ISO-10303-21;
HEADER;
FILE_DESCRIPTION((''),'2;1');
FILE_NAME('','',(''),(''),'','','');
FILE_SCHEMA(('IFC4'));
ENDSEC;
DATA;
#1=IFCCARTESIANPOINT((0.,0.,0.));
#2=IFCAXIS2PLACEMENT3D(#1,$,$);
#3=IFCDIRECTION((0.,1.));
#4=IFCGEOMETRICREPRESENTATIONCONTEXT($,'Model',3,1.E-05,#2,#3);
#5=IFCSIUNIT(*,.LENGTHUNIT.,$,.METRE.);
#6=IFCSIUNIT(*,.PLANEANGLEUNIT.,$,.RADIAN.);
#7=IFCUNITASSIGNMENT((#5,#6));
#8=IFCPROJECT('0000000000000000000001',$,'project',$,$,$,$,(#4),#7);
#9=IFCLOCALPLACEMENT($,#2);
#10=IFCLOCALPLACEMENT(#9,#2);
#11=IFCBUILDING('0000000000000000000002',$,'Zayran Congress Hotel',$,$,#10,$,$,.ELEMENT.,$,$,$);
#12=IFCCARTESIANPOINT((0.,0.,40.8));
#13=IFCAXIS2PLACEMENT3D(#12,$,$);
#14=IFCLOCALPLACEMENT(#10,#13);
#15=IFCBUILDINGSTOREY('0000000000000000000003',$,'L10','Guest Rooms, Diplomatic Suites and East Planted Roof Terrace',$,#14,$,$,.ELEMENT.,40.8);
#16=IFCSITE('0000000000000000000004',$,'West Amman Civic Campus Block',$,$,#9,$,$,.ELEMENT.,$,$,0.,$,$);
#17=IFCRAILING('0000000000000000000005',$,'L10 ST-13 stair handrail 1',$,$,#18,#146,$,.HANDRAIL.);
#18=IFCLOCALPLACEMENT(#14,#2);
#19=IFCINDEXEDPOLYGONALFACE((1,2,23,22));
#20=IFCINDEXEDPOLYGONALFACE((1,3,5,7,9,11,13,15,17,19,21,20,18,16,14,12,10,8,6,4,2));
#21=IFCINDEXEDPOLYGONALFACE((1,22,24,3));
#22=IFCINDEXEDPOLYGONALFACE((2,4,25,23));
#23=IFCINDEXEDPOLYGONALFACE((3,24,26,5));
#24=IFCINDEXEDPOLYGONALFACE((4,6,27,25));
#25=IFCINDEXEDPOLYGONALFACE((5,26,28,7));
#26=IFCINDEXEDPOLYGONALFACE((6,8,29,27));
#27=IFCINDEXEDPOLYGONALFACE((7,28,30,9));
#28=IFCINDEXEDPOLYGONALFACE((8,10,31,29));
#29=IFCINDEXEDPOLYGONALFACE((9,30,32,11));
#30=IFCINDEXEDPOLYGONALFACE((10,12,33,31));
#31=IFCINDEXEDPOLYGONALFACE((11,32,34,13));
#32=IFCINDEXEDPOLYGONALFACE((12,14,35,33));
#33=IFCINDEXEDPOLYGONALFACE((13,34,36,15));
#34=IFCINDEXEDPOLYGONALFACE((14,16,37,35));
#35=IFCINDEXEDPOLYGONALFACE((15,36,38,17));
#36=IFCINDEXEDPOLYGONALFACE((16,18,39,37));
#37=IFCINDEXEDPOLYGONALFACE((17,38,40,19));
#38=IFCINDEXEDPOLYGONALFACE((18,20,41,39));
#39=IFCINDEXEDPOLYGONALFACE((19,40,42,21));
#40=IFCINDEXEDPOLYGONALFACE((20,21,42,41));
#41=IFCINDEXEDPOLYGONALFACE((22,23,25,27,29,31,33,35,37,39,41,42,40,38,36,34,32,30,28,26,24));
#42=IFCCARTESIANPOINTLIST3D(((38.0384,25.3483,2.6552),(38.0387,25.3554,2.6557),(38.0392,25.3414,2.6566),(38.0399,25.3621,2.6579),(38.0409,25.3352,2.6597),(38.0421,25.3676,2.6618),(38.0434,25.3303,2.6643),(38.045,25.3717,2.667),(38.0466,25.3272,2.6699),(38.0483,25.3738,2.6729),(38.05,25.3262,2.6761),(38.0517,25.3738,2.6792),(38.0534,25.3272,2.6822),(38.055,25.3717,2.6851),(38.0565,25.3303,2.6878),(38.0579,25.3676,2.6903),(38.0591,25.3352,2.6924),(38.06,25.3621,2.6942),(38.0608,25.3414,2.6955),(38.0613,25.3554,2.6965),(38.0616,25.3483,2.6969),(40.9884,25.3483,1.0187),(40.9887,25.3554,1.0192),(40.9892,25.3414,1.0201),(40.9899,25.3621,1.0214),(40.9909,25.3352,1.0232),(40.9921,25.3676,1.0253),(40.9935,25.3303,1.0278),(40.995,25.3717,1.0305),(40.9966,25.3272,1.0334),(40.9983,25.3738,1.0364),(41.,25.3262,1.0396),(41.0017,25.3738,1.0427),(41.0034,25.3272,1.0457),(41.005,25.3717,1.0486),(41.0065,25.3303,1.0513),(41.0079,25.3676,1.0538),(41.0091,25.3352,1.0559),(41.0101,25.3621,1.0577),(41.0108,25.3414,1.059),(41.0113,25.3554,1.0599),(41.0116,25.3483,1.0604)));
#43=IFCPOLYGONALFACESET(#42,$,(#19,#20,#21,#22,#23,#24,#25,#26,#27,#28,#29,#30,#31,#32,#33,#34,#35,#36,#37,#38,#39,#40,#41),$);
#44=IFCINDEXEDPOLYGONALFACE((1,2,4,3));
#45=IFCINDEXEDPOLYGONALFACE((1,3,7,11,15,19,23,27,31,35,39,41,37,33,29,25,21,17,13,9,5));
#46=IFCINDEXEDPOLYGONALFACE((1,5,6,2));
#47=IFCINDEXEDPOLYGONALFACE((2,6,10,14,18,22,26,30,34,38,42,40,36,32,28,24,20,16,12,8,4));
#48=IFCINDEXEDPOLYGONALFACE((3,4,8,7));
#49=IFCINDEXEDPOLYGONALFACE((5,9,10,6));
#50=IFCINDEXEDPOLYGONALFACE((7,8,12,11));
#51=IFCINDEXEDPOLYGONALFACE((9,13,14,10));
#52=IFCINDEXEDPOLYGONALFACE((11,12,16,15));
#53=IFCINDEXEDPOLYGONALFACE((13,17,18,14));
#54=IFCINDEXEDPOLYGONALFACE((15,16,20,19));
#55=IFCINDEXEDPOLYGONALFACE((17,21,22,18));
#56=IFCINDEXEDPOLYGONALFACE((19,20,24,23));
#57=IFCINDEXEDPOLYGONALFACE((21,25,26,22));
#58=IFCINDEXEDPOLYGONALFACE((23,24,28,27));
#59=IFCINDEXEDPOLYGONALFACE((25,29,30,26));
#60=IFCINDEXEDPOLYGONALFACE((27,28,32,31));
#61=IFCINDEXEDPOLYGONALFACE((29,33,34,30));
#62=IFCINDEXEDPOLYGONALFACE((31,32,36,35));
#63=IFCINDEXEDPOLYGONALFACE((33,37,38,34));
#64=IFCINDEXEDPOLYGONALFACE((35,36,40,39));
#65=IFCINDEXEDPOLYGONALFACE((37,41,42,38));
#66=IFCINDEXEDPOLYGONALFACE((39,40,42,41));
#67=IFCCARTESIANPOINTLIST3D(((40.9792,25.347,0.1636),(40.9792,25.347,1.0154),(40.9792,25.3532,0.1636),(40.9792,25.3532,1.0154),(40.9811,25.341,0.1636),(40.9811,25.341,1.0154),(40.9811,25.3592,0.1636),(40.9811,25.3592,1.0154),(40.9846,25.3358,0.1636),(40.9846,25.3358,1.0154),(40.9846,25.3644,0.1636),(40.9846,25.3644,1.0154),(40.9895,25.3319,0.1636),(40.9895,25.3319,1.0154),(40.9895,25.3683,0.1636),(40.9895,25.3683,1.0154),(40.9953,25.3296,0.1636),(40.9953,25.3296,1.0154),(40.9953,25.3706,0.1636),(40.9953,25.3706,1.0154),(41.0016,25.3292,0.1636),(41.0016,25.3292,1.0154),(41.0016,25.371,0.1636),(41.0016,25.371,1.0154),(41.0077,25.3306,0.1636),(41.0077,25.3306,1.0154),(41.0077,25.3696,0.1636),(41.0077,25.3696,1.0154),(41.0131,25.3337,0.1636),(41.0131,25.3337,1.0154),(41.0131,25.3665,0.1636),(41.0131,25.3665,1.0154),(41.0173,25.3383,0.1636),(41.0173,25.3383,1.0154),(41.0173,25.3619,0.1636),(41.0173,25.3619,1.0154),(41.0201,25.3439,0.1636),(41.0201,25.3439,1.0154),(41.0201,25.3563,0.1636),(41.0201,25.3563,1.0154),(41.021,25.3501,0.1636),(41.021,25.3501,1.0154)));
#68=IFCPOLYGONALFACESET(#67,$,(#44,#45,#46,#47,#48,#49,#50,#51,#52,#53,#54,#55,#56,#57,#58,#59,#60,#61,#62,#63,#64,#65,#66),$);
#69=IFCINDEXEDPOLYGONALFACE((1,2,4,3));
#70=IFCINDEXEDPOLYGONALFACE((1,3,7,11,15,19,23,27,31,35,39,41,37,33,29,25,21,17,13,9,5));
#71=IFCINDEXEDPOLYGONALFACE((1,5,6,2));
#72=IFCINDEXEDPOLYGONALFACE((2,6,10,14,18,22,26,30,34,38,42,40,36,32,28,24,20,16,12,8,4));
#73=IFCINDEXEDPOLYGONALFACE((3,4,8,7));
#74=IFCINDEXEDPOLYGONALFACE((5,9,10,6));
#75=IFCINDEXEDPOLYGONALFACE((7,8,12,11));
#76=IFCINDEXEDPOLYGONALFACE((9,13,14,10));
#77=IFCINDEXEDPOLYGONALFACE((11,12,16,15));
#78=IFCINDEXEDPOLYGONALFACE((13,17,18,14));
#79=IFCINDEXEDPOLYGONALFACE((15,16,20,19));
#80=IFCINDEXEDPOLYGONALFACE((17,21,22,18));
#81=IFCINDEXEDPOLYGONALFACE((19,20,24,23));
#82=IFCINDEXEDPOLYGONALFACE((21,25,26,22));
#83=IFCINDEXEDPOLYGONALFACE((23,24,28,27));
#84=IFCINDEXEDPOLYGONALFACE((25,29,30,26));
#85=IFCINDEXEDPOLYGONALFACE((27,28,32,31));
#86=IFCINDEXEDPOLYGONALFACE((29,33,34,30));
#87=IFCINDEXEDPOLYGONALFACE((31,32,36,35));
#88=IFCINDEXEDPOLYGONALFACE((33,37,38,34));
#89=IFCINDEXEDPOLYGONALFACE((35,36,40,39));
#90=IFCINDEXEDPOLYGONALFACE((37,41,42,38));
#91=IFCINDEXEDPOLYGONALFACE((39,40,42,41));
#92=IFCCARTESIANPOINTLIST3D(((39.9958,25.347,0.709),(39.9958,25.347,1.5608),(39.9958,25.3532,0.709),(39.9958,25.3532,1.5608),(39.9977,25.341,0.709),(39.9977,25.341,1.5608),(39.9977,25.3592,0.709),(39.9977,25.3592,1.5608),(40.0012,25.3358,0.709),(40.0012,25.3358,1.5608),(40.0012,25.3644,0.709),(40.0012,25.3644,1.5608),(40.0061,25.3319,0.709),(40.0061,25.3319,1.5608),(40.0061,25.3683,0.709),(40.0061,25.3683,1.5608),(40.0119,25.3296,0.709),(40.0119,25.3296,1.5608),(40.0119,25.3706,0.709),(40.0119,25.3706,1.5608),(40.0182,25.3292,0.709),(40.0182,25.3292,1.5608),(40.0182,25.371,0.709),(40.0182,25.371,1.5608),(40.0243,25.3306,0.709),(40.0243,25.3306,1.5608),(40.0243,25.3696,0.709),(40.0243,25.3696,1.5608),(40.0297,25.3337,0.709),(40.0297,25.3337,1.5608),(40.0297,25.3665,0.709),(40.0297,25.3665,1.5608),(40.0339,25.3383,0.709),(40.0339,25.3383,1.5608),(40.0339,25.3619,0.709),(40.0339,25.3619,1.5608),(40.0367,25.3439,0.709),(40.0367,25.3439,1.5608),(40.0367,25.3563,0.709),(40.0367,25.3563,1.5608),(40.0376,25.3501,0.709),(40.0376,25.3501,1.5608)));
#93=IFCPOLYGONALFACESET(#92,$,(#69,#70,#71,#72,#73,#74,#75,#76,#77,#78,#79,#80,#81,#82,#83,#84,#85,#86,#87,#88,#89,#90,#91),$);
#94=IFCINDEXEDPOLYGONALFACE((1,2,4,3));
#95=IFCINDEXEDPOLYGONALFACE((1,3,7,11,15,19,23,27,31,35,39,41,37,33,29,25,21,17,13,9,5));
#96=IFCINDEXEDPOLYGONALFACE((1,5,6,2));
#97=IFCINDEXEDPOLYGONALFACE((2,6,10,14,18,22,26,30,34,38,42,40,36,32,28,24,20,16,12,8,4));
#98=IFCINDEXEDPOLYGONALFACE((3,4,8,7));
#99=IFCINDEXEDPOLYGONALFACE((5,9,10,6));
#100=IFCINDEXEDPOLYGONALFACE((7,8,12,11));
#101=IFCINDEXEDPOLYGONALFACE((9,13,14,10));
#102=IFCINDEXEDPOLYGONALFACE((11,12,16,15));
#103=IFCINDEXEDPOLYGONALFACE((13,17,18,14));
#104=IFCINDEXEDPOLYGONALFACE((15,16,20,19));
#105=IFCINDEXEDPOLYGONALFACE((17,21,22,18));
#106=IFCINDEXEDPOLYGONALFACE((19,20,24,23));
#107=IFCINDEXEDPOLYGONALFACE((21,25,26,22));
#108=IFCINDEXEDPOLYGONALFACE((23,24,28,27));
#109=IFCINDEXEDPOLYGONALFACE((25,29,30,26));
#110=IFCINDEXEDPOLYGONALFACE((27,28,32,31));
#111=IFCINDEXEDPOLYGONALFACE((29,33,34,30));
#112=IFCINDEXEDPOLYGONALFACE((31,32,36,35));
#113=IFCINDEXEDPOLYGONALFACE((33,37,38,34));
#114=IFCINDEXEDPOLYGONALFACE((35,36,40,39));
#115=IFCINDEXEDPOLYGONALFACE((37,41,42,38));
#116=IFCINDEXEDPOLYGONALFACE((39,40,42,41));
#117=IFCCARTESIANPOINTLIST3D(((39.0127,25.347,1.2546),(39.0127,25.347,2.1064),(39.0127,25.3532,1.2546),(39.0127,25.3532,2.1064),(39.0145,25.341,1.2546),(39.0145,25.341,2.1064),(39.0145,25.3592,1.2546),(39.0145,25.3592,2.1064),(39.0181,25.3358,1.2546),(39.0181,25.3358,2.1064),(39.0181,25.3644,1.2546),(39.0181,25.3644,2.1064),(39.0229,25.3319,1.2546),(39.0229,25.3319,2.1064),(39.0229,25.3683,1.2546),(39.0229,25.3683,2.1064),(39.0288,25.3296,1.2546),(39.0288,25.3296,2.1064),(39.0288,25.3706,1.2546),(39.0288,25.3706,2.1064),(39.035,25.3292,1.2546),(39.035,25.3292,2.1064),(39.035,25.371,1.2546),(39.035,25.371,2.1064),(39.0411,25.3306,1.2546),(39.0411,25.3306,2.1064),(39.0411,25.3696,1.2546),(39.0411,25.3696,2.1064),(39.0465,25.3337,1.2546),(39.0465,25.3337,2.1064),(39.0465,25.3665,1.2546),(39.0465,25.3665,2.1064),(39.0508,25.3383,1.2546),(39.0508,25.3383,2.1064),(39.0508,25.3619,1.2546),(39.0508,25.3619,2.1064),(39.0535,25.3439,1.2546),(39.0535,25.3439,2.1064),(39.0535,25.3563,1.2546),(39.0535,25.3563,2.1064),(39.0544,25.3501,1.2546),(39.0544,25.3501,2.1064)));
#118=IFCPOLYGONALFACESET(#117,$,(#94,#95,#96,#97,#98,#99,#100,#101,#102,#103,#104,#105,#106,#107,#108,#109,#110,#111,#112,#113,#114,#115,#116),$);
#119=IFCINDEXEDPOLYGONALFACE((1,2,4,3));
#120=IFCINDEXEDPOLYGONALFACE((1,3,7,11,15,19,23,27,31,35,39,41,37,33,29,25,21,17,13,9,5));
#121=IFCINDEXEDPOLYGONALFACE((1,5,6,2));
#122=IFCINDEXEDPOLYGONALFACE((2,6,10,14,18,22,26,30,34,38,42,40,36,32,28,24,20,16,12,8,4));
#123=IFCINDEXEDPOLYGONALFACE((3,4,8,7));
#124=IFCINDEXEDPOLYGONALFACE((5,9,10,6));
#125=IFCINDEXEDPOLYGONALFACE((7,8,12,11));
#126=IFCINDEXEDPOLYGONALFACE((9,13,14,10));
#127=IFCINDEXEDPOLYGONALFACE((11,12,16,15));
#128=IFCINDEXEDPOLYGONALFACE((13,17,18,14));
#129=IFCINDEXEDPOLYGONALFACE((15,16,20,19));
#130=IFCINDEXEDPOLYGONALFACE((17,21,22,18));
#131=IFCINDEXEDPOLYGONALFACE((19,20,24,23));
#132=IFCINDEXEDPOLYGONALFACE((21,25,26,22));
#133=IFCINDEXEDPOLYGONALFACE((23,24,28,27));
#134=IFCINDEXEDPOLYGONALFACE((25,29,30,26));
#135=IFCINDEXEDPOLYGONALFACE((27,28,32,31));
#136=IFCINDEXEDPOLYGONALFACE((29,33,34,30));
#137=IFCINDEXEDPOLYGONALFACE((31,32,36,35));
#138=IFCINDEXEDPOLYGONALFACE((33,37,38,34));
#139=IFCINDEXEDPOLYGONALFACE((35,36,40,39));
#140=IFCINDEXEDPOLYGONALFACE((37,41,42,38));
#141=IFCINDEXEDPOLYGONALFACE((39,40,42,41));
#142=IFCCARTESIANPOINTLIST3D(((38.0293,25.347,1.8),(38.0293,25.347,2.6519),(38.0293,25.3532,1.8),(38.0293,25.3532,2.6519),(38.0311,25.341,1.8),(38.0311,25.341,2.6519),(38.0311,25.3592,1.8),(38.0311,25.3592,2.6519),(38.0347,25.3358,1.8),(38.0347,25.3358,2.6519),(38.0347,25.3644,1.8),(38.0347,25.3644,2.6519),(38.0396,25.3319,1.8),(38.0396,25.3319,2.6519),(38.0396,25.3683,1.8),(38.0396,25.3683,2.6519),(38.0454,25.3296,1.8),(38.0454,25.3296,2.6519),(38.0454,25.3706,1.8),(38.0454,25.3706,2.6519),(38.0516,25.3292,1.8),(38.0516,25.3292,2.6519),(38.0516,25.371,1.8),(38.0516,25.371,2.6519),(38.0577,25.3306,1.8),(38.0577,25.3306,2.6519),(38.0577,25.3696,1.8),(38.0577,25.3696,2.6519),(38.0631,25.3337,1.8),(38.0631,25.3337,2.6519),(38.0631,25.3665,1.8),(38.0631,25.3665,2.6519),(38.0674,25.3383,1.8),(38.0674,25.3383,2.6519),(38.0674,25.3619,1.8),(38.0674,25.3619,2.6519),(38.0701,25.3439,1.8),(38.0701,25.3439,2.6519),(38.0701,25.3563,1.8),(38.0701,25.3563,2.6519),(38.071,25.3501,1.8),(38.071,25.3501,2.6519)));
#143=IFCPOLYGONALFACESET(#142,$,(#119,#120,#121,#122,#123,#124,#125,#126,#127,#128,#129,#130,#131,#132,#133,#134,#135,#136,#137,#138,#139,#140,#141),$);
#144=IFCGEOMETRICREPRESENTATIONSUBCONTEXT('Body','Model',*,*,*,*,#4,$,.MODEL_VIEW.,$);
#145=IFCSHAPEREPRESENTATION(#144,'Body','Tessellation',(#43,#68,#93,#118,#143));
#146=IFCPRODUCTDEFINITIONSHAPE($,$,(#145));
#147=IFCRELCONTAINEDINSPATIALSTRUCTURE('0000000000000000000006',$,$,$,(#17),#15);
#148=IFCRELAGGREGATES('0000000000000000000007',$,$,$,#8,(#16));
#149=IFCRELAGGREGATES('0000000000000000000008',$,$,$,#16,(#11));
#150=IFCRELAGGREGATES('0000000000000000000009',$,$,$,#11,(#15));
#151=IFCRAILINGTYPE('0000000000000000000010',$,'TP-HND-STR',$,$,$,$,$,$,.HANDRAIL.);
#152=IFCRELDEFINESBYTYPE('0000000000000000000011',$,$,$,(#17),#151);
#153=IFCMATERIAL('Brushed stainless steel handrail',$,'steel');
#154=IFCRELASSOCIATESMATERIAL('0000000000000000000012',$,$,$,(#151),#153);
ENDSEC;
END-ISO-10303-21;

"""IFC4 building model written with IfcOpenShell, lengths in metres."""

from ifc_helpers import new_model, si_unit, direction, frame, origin, origin_2d, place, context, subcontext, project, spatial, circle, extrude, material, type_object, element, save


model = new_model("IFC4")

# Units and contexts
model_context = context("Model", 3, precision=1e-05, world=origin(), true_north=direction((0.0, 1.0)))
body_context = subcontext(model_context, "Body", "Model", "MODEL_VIEW")
ifc_project = project(units=[si_unit("LENGTHUNIT", "METRE"), si_unit("PLANEANGLEUNIT", "RADIAN")], contexts=[model_context])

# Site, building, storey
site_placement = place(None, origin())
site = spatial("IfcSite", under=ifc_project, at=site_placement, Name="West Amman Civic Campus Block", CompositionType="ELEMENT", RefElevation=0.0)
building_placement = place(site_placement, origin())
building = spatial("IfcBuilding", under=site, at=building_placement, Name="Zayran Congress Hotel", CompositionType="ELEMENT")
storey_placement = place(building_placement, frame((0.0, 0.0, 40.8)))
storey = spatial("IfcBuildingStorey", under=building, at=storey_placement, Name="L10", Description="Guest Rooms, Diplomatic Suites and East Planted Roof Terrace", CompositionType="ELEMENT", Elevation=40.8)

# Railing
ifc_material_1 = material(Name="Brushed stainless steel handrail", Category="steel")
railing_type_1 = type_object("IfcRailingType", Name="TP-HND-STR", PredefinedType="HANDRAIL", material=ifc_material_1)
railing_1_placement = place(storey_placement, frame((41.0, 25.3501, 0.1636)))
element("IfcRailing", 1, at=railing_1_placement, inside=storey, type_object=railing_type_1, Name="L10 ST-13 stair handrail 1", PredefinedType="HANDRAIL", context=body_context, shape_type="SweptSolid", body=[
    extrude(circle(Radius=0.0239, at=origin_2d()), frame((0.0, 0.0, 0.876), z_axis=(-0.874458, 0.0, 0.485102), x_axis=(0.0, -1.0, 0.0)), (0.0, 0.0, 1.0), 3.3735),
    extrude(circle(Radius=0.021, at=origin_2d()), origin(), (0.0, 0.0, 1.0), 0.8518),
    extrude(circle(Radius=0.021, at=origin_2d()), frame((-0.9834, 0.0, 0.5454)), (0.0, 0.0, 1.0), 0.8518),
    extrude(circle(Radius=0.021, at=origin_2d()), frame((-1.9666, 0.0, 1.0911)), (0.0, 0.0, 1.0), 0.8518),
    extrude(circle(Radius=0.021, at=origin_2d()), frame((-2.95, 0.0, 1.6365)), (0.0, 0.0, 1.0), 0.8518),
])

save(model, "model.ifc")
